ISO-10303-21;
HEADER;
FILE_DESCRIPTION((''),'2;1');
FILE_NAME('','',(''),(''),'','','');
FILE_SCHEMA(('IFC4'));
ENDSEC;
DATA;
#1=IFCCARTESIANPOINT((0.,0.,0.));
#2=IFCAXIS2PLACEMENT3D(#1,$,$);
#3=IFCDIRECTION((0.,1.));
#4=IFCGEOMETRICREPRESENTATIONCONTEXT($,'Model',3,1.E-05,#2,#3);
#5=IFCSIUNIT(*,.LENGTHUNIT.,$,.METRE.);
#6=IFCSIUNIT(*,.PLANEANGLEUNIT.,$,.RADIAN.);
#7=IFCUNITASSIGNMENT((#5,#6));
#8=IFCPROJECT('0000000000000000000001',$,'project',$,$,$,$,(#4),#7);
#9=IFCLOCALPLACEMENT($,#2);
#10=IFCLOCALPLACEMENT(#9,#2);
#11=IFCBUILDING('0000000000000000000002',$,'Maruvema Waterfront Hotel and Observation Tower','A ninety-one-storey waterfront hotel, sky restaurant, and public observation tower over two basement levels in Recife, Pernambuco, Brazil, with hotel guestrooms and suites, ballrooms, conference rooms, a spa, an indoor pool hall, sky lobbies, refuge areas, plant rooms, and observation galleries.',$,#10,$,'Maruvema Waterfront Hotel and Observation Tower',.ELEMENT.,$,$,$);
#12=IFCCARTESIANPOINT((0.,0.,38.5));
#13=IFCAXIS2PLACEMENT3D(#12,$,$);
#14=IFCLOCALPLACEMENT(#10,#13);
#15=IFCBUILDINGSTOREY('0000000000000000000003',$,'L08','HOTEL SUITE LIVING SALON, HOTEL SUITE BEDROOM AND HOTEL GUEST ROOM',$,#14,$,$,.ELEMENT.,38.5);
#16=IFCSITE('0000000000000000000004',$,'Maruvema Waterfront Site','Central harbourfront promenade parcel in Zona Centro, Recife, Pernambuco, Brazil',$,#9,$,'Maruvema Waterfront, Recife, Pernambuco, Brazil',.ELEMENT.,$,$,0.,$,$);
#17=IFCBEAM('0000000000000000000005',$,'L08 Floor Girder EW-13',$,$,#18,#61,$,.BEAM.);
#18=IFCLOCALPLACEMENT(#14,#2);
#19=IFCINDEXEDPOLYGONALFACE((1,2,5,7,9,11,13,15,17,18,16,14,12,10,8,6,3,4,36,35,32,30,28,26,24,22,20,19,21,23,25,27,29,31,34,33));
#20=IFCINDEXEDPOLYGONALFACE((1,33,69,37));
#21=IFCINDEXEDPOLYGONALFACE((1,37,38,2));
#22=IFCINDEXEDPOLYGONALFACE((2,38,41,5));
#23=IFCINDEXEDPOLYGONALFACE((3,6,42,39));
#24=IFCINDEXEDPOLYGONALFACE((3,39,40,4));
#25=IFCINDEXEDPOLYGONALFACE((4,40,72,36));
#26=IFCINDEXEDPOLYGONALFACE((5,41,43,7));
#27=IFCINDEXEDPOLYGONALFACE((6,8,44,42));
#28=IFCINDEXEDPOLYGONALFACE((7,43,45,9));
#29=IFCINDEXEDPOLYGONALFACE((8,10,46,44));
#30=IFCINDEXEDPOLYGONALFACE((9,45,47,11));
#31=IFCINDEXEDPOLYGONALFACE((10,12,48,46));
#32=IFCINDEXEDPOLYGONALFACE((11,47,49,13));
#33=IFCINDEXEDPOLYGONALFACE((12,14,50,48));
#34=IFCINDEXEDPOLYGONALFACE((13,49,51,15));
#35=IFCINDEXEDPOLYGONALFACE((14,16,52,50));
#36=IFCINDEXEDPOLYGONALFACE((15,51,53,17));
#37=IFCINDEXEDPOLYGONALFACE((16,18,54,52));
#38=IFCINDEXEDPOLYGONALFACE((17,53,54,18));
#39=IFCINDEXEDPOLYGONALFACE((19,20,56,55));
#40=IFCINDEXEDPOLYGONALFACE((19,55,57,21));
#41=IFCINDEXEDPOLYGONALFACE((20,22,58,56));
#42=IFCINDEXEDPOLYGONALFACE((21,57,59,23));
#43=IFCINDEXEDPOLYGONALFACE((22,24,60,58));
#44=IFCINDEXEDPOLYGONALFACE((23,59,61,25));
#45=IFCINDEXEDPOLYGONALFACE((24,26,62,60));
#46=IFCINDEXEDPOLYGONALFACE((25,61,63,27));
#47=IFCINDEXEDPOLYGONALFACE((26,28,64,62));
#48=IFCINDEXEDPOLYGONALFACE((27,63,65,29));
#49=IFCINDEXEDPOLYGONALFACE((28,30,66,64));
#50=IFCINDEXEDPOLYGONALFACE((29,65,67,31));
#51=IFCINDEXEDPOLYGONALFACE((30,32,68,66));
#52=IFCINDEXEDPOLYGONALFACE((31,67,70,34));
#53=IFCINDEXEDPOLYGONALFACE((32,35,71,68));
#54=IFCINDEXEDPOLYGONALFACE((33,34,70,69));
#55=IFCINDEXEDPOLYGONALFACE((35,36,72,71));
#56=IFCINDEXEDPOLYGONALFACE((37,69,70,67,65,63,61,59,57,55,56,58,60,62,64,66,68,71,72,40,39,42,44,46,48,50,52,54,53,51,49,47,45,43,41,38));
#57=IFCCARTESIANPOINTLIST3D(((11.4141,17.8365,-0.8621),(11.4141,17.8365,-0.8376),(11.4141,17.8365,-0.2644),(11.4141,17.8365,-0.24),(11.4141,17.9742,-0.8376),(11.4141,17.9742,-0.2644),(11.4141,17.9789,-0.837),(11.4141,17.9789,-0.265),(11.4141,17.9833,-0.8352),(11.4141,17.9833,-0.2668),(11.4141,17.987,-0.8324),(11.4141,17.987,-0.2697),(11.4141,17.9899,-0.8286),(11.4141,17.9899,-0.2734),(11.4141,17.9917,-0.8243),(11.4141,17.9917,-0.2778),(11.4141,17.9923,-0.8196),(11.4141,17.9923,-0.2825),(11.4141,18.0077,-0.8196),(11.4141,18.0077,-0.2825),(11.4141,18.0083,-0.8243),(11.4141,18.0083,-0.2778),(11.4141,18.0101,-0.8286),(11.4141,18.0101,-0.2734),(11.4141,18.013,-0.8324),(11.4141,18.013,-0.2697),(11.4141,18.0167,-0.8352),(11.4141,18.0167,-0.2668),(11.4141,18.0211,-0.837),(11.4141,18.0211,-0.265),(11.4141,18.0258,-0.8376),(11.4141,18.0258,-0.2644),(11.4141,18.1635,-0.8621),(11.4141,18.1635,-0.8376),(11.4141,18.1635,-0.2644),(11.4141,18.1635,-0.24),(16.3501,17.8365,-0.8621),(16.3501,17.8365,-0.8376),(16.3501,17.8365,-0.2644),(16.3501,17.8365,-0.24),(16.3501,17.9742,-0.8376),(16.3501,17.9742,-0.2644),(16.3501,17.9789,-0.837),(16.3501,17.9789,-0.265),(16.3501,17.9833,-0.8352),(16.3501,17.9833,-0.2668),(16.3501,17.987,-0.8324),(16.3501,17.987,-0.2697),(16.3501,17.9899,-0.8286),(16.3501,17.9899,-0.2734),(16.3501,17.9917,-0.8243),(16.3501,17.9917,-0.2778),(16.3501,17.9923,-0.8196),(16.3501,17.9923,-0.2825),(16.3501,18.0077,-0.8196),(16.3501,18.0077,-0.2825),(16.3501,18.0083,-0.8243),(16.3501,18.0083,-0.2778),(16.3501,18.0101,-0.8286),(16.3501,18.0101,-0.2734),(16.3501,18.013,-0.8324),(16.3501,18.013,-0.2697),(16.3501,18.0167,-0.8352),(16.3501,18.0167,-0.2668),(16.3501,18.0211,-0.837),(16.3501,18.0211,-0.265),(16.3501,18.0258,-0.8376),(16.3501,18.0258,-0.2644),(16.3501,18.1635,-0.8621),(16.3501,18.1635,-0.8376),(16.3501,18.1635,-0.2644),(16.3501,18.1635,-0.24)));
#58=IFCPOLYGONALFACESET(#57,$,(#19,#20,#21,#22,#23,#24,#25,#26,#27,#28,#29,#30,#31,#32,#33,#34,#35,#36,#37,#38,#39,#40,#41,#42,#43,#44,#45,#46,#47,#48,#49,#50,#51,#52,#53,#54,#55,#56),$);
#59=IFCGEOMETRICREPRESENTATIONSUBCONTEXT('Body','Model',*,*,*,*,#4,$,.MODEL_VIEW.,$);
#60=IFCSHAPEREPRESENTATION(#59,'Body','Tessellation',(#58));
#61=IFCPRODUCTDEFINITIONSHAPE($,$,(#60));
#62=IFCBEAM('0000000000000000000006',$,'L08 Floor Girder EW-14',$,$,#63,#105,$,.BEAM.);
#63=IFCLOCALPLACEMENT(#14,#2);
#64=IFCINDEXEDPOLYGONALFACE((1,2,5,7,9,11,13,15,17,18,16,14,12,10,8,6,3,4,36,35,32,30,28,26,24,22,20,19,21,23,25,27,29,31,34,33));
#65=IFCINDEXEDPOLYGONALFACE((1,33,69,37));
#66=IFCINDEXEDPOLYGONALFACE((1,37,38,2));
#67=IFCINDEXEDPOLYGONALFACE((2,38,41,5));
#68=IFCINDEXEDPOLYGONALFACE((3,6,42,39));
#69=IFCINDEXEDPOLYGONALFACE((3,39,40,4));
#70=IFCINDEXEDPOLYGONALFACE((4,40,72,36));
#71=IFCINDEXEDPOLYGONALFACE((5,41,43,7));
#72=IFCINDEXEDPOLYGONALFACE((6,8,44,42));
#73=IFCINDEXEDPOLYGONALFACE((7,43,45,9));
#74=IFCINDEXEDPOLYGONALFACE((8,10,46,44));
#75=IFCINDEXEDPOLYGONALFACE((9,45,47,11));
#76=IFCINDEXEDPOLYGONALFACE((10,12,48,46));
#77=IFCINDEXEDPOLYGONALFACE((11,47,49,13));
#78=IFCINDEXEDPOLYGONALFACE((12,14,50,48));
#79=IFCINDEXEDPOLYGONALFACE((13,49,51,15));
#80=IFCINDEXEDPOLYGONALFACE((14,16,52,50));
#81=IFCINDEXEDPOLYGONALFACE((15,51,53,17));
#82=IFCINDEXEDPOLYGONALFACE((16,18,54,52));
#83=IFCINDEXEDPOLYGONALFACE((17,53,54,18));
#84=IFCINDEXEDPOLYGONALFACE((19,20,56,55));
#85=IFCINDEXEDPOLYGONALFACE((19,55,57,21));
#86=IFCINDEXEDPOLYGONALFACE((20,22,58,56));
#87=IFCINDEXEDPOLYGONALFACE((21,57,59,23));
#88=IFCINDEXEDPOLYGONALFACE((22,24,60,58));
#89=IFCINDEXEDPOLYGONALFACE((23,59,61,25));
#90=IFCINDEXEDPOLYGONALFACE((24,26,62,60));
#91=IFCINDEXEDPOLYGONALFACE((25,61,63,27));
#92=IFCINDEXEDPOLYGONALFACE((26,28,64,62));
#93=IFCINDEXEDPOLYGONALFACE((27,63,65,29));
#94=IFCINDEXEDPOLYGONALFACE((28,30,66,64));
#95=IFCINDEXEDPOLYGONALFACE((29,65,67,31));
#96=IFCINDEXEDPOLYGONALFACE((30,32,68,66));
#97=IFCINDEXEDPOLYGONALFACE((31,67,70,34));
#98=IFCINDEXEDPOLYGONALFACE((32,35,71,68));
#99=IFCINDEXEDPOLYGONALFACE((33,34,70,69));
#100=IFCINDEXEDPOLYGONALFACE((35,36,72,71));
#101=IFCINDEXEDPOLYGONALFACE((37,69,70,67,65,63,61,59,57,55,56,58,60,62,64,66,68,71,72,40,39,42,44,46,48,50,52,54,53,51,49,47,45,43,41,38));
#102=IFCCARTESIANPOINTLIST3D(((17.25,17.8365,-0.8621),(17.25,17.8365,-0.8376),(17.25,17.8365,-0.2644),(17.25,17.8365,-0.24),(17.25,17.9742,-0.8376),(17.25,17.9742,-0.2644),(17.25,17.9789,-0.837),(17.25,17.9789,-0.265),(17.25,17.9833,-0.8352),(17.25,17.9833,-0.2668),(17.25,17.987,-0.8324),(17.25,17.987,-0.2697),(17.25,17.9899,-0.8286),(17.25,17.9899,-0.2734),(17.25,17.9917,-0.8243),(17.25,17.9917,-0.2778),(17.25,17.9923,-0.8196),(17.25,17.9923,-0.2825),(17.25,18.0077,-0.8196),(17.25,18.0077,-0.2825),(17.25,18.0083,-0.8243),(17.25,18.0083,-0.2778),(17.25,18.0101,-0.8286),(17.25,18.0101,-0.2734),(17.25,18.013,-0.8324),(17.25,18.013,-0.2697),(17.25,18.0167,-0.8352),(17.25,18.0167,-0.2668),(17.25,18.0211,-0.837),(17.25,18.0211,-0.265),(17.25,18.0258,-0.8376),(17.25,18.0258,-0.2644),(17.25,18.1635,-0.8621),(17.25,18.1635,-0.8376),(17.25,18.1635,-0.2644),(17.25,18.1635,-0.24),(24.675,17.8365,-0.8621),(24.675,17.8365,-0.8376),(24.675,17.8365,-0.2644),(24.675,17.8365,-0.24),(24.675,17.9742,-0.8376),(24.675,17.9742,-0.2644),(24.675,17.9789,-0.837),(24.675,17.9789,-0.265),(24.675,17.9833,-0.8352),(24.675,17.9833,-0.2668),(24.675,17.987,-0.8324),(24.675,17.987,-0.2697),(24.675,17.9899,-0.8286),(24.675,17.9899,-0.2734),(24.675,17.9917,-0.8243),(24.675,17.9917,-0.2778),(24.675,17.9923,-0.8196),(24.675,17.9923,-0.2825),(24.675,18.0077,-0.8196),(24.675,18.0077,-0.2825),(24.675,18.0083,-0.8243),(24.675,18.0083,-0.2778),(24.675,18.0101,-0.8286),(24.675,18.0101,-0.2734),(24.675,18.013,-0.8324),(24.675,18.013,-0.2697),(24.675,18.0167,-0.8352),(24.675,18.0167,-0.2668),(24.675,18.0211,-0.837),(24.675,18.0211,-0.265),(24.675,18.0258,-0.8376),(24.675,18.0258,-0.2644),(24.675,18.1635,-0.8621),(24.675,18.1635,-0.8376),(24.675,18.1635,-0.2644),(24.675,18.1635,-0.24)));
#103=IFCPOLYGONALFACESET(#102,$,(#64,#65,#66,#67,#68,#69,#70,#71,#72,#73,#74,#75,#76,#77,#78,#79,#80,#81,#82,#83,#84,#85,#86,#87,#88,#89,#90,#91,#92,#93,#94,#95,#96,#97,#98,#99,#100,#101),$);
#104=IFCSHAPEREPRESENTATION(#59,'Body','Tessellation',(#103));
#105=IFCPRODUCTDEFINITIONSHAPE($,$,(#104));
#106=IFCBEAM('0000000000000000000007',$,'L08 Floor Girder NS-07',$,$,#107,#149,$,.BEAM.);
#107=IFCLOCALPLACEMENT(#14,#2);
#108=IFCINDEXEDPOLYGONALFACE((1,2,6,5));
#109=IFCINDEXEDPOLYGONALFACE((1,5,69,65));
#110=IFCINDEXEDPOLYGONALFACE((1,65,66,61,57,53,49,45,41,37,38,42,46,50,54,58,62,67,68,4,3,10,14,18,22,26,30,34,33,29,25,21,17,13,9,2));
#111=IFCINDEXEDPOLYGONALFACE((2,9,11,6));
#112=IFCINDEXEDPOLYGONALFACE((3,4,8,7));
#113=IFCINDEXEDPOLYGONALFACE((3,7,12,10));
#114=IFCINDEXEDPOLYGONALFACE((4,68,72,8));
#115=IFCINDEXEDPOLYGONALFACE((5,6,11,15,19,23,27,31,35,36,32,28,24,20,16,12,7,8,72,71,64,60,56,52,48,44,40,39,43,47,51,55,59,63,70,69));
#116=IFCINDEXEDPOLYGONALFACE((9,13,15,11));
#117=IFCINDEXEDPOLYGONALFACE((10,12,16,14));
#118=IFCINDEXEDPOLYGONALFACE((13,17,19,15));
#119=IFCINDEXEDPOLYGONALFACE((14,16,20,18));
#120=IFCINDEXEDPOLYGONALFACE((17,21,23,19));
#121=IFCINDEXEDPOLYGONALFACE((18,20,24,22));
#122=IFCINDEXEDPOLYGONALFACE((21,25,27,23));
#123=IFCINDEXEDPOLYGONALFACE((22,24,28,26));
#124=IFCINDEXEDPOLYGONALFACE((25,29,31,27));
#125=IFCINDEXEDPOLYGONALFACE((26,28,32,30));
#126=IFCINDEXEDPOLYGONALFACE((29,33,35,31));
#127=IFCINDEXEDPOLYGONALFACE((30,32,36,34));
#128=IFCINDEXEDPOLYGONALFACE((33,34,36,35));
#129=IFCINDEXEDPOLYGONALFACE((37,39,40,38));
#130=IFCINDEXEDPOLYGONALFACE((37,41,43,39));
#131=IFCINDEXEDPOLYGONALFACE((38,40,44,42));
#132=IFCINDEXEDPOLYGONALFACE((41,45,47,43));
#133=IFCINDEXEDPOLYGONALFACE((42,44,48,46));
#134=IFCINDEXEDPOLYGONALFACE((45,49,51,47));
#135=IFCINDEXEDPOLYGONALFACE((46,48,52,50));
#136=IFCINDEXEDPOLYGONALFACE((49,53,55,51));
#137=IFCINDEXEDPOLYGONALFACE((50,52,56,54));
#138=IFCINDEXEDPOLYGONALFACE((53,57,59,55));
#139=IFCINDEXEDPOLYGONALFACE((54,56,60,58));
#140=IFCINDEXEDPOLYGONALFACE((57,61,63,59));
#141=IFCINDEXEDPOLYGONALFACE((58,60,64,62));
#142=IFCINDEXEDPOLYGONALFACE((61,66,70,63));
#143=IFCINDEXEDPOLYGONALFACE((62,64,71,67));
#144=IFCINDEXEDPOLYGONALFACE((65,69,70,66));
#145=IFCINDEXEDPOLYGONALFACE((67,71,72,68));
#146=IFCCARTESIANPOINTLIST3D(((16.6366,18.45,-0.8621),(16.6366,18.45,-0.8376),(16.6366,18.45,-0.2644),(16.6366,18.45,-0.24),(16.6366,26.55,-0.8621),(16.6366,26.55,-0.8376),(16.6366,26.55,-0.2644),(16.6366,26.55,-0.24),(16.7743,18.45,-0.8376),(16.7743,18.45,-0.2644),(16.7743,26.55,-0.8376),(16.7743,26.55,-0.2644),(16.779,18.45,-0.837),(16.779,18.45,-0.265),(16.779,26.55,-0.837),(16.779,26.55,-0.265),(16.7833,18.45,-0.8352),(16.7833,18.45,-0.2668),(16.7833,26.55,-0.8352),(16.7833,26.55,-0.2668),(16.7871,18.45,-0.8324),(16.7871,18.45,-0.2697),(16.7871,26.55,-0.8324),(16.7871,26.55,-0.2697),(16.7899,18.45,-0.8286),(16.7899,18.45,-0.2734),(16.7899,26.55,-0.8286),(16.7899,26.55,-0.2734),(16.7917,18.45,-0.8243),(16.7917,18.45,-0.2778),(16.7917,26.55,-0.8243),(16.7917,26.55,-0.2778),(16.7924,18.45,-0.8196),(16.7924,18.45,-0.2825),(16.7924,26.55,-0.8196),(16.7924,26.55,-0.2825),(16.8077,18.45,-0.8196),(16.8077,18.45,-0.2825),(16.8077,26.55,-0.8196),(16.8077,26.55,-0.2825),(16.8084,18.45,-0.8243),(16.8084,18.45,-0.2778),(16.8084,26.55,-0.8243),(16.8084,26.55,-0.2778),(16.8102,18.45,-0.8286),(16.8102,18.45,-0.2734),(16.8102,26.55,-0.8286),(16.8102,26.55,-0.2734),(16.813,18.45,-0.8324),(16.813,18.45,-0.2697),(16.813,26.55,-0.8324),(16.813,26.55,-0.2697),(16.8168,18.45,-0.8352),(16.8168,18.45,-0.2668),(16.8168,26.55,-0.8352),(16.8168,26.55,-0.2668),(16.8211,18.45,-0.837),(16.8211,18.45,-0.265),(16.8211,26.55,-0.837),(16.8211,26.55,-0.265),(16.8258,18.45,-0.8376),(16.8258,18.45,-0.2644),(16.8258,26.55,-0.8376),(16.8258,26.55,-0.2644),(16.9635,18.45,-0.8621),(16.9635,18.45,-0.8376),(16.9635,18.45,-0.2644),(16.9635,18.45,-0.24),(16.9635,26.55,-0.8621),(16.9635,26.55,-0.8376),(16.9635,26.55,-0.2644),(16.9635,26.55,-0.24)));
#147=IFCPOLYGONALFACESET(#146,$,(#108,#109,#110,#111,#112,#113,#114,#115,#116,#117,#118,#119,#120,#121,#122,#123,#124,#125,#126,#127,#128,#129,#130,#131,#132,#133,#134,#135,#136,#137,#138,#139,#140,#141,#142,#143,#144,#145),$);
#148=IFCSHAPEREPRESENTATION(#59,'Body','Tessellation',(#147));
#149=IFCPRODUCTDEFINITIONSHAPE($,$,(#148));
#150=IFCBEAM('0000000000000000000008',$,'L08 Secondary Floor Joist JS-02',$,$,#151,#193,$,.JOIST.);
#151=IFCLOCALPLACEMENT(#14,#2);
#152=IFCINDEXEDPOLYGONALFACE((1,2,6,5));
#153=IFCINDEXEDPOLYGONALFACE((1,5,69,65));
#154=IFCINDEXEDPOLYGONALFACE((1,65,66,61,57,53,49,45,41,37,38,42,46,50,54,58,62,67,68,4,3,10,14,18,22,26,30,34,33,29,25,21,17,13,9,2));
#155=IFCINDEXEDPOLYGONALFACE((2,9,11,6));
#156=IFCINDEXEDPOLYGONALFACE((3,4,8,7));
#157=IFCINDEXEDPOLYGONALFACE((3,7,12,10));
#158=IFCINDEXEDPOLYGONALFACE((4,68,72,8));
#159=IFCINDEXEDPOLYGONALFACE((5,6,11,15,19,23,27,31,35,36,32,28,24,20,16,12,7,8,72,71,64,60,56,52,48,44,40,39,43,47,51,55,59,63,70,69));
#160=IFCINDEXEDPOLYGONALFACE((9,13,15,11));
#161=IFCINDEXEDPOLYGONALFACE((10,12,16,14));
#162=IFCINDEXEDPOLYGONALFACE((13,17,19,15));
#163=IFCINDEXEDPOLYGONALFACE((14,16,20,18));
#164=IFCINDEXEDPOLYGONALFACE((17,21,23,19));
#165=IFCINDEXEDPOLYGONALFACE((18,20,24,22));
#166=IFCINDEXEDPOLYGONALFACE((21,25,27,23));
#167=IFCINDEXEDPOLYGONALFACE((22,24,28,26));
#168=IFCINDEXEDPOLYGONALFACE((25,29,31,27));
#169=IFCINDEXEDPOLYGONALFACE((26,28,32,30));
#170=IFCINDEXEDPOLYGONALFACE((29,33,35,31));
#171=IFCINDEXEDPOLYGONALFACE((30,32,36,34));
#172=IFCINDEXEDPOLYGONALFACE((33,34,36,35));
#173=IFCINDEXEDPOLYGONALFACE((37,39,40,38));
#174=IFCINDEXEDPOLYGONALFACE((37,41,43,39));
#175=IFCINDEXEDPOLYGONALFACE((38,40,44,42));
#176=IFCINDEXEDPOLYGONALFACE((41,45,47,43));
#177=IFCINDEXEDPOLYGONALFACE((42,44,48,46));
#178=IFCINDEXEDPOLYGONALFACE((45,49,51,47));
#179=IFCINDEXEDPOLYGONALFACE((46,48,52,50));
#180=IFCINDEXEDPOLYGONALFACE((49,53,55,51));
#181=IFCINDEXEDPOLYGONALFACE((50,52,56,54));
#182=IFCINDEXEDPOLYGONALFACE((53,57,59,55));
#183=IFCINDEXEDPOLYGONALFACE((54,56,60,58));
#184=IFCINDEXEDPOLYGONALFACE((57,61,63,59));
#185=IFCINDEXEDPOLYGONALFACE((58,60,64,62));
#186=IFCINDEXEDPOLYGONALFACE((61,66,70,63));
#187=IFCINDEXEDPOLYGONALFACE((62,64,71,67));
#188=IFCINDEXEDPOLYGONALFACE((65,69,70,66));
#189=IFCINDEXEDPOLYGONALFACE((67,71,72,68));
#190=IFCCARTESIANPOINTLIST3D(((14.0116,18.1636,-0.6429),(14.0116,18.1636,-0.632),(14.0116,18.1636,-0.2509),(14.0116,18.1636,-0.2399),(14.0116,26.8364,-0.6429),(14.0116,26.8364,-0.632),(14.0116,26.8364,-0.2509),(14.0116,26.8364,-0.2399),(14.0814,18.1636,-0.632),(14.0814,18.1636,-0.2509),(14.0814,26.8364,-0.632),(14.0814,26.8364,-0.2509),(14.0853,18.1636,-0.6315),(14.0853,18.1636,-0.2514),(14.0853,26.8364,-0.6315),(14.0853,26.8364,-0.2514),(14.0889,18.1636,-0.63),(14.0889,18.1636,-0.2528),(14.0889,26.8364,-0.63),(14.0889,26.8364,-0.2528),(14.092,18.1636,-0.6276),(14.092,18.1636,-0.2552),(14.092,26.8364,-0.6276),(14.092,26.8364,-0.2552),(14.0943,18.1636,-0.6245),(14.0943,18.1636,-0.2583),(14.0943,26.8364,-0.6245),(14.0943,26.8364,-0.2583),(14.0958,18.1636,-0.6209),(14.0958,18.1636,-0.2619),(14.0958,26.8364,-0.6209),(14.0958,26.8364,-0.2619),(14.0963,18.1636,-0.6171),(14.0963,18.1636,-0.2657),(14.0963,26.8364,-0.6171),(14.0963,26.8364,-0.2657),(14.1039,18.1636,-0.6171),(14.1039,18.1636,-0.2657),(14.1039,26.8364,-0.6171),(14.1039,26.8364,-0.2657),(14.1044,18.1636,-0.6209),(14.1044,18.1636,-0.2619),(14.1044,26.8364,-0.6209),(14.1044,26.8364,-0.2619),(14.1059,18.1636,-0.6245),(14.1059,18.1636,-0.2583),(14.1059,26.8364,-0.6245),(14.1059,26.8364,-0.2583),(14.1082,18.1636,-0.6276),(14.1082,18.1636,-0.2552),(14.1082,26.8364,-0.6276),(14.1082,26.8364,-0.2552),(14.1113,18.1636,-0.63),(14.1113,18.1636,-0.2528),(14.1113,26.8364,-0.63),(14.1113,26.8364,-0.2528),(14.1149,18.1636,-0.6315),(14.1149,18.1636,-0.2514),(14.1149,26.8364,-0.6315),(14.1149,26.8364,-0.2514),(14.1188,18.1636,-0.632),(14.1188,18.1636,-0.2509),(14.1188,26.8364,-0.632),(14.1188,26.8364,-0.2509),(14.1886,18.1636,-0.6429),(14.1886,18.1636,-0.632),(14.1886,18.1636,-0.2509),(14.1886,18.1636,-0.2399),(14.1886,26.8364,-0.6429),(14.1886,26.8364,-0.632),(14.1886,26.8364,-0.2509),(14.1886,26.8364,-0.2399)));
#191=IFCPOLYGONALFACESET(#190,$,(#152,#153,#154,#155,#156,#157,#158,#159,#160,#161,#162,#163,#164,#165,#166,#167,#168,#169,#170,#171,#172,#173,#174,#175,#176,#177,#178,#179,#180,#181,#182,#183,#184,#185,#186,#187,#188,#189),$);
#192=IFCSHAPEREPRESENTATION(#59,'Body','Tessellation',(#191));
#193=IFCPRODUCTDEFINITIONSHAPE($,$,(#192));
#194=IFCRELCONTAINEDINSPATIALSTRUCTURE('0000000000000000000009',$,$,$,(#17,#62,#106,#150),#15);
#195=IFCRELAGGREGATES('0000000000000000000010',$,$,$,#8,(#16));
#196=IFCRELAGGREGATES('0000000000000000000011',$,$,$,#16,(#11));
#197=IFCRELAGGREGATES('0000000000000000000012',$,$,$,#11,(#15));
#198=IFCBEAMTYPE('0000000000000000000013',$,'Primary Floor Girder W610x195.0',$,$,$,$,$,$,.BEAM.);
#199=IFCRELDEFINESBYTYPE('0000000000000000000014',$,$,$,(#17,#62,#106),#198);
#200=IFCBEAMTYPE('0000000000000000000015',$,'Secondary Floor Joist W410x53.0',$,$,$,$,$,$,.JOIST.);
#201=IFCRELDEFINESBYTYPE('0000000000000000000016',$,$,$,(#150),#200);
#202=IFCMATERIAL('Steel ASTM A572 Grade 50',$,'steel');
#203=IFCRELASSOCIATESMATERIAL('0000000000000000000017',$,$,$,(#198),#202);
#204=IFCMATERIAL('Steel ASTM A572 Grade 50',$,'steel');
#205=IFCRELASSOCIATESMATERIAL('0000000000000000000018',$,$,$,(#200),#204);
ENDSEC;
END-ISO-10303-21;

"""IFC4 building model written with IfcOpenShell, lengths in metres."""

from ifc_helpers import new_model, si_unit, direction, frame, origin, origin_2d, place, context, subcontext, project, spatial, i_section, extrude, material, material_profile, profile_set, type_object, element, save


model = new_model("IFC4")

# Units and contexts
model_context = context("Model", 3, precision=1e-05, world=origin(), true_north=direction((0.0, 1.0)))
body_context = subcontext(model_context, "Body", "Model", "MODEL_VIEW")
ifc_project = project(units=[si_unit("LENGTHUNIT", "METRE"), si_unit("PLANEANGLEUNIT", "RADIAN")], contexts=[model_context])

# Site, building, storey
site_placement = place(None, origin())
site = spatial("IfcSite", under=ifc_project, at=site_placement, Name="Maruvema Waterfront Site", Description="Central harbourfront promenade parcel in Zona Centro, Recife, Pernambuco, Brazil", LongName="Maruvema Waterfront, Recife, Pernambuco, Brazil", CompositionType="ELEMENT", RefElevation=0.0)
building_placement = place(site_placement, origin())
building = spatial("IfcBuilding", under=site, at=building_placement, Name="Maruvema Waterfront Hotel and Observation Tower", Description="A ninety-one-storey waterfront hotel, sky restaurant, and public observation tower over two basement levels in Recife, Pernambuco, Brazil, with hotel guestrooms and suites, ballrooms, conference rooms, a spa, an indoor pool hall, sky lobbies, refuge areas, plant rooms, and observation galleries.", LongName="Maruvema Waterfront Hotel and Observation Tower", CompositionType="ELEMENT")
storey_placement = place(building_placement, frame((0.0, 0.0, 38.5)))
storey = spatial("IfcBuildingStorey", under=building, at=storey_placement, Name="L08", Description="HOTEL SUITE LIVING SALON, HOTEL SUITE BEDROOM AND HOTEL GUEST ROOM", CompositionType="ELEMENT", Elevation=38.5)

# Beams
ifc_material_1 = material(Name="Steel ASTM A572 Grade 50", Category="steel")
ifc_material_profile_1 = material_profile(ifc_material_1, i_section(OverallWidth=0.3269, OverallDepth=0.6221, WebThickness=0.0154, FlangeThickness=0.0244, FilletRadius=0.0181, at=origin_2d()), Name="W610x195.0")
ifc_profile_set_1 = profile_set([ifc_material_profile_1], Name="Steel ASTM A572 Grade 50")
beam_type_1 = type_object("IfcBeamType", Name="Primary Floor Girder W610x195.0", PredefinedType="BEAM", material=ifc_profile_set_1)
beam_1_placement = place(storey_placement, frame((11.4141, 18.0, -0.551), z_axis=(1.0, 0.0, 0.0), x_axis=(0.0, 1.0, 0.0)))
element("IfcBeam", 1, at=beam_1_placement, inside=storey, type_object=beam_type_1, Name="L08 Floor Girder EW-13", PredefinedType="BEAM", context=body_context, shape_type="SweptSolid", body=[
    extrude(i_section(OverallWidth=0.3269, OverallDepth=0.6221, WebThickness=0.0154, FlangeThickness=0.0244, FilletRadius=0.0181, at=origin_2d()), origin(), (0.0, 0.0, 1.0), 4.936),
])
beam_2_placement = place(storey_placement, frame((17.25, 18.0, -0.551), z_axis=(1.0, 0.0, 0.0), x_axis=(0.0, 1.0, 0.0)))
element("IfcBeam", 2, at=beam_2_placement, inside=storey, type_object=beam_type_1, Name="L08 Floor Girder EW-14", PredefinedType="BEAM", context=body_context, shape_type="SweptSolid", body=[
    extrude(i_section(OverallWidth=0.3269, OverallDepth=0.6221, WebThickness=0.0154, FlangeThickness=0.0244, FilletRadius=0.0181, at=origin_2d()), origin(), (0.0, 0.0, 1.0), 7.425),
])
beam_3_placement = place(storey_placement, frame((16.8, 18.45, -0.551), z_axis=(0.0, 1.0, 0.0), x_axis=(-1.0, 0.0, 0.0)))
element("IfcBeam", 3, at=beam_3_placement, inside=storey, type_object=beam_type_1, Name="L08 Floor Girder NS-07", PredefinedType="BEAM", context=body_context, shape_type="SweptSolid", body=[
    extrude(i_section(OverallWidth=0.3269, OverallDepth=0.6221, WebThickness=0.0154, FlangeThickness=0.0244, FilletRadius=0.0181, at=origin_2d()), origin(), (0.0, 0.0, 1.0), 8.1001),
])
ifc_material_2 = material(Name="Steel ASTM A572 Grade 50", Category="steel")
ifc_material_profile_2 = material_profile(ifc_material_2, i_section(OverallWidth=0.177, OverallDepth=0.4031, WebThickness=0.0076, FlangeThickness=0.011, FilletRadius=0.0149, at=origin_2d()), Name="W410x53.0")
ifc_profile_set_2 = profile_set([ifc_material_profile_2], Name="Steel ASTM A572 Grade 50")
beam_type_2 = type_object("IfcBeamType", Name="Secondary Floor Joist W410x53.0", PredefinedType="JOIST", material=ifc_profile_set_2)
beam_4_placement = place(storey_placement, frame((14.1001, 18.1636, -0.4414), z_axis=(0.0, 1.0, 0.0), x_axis=(-1.0, 0.0, 0.0)))
element("IfcBeam", 4, at=beam_4_placement, inside=storey, type_object=beam_type_2, Name="L08 Secondary Floor Joist JS-02", PredefinedType="JOIST", context=body_context, shape_type="SweptSolid", body=[
    extrude(i_section(OverallWidth=0.177, OverallDepth=0.4031, WebThickness=0.0076, FlangeThickness=0.011, FilletRadius=0.0149, at=origin_2d()), origin(), (0.0, 0.0, 1.0), 8.6729),
])

save(model, "model.ifc")
